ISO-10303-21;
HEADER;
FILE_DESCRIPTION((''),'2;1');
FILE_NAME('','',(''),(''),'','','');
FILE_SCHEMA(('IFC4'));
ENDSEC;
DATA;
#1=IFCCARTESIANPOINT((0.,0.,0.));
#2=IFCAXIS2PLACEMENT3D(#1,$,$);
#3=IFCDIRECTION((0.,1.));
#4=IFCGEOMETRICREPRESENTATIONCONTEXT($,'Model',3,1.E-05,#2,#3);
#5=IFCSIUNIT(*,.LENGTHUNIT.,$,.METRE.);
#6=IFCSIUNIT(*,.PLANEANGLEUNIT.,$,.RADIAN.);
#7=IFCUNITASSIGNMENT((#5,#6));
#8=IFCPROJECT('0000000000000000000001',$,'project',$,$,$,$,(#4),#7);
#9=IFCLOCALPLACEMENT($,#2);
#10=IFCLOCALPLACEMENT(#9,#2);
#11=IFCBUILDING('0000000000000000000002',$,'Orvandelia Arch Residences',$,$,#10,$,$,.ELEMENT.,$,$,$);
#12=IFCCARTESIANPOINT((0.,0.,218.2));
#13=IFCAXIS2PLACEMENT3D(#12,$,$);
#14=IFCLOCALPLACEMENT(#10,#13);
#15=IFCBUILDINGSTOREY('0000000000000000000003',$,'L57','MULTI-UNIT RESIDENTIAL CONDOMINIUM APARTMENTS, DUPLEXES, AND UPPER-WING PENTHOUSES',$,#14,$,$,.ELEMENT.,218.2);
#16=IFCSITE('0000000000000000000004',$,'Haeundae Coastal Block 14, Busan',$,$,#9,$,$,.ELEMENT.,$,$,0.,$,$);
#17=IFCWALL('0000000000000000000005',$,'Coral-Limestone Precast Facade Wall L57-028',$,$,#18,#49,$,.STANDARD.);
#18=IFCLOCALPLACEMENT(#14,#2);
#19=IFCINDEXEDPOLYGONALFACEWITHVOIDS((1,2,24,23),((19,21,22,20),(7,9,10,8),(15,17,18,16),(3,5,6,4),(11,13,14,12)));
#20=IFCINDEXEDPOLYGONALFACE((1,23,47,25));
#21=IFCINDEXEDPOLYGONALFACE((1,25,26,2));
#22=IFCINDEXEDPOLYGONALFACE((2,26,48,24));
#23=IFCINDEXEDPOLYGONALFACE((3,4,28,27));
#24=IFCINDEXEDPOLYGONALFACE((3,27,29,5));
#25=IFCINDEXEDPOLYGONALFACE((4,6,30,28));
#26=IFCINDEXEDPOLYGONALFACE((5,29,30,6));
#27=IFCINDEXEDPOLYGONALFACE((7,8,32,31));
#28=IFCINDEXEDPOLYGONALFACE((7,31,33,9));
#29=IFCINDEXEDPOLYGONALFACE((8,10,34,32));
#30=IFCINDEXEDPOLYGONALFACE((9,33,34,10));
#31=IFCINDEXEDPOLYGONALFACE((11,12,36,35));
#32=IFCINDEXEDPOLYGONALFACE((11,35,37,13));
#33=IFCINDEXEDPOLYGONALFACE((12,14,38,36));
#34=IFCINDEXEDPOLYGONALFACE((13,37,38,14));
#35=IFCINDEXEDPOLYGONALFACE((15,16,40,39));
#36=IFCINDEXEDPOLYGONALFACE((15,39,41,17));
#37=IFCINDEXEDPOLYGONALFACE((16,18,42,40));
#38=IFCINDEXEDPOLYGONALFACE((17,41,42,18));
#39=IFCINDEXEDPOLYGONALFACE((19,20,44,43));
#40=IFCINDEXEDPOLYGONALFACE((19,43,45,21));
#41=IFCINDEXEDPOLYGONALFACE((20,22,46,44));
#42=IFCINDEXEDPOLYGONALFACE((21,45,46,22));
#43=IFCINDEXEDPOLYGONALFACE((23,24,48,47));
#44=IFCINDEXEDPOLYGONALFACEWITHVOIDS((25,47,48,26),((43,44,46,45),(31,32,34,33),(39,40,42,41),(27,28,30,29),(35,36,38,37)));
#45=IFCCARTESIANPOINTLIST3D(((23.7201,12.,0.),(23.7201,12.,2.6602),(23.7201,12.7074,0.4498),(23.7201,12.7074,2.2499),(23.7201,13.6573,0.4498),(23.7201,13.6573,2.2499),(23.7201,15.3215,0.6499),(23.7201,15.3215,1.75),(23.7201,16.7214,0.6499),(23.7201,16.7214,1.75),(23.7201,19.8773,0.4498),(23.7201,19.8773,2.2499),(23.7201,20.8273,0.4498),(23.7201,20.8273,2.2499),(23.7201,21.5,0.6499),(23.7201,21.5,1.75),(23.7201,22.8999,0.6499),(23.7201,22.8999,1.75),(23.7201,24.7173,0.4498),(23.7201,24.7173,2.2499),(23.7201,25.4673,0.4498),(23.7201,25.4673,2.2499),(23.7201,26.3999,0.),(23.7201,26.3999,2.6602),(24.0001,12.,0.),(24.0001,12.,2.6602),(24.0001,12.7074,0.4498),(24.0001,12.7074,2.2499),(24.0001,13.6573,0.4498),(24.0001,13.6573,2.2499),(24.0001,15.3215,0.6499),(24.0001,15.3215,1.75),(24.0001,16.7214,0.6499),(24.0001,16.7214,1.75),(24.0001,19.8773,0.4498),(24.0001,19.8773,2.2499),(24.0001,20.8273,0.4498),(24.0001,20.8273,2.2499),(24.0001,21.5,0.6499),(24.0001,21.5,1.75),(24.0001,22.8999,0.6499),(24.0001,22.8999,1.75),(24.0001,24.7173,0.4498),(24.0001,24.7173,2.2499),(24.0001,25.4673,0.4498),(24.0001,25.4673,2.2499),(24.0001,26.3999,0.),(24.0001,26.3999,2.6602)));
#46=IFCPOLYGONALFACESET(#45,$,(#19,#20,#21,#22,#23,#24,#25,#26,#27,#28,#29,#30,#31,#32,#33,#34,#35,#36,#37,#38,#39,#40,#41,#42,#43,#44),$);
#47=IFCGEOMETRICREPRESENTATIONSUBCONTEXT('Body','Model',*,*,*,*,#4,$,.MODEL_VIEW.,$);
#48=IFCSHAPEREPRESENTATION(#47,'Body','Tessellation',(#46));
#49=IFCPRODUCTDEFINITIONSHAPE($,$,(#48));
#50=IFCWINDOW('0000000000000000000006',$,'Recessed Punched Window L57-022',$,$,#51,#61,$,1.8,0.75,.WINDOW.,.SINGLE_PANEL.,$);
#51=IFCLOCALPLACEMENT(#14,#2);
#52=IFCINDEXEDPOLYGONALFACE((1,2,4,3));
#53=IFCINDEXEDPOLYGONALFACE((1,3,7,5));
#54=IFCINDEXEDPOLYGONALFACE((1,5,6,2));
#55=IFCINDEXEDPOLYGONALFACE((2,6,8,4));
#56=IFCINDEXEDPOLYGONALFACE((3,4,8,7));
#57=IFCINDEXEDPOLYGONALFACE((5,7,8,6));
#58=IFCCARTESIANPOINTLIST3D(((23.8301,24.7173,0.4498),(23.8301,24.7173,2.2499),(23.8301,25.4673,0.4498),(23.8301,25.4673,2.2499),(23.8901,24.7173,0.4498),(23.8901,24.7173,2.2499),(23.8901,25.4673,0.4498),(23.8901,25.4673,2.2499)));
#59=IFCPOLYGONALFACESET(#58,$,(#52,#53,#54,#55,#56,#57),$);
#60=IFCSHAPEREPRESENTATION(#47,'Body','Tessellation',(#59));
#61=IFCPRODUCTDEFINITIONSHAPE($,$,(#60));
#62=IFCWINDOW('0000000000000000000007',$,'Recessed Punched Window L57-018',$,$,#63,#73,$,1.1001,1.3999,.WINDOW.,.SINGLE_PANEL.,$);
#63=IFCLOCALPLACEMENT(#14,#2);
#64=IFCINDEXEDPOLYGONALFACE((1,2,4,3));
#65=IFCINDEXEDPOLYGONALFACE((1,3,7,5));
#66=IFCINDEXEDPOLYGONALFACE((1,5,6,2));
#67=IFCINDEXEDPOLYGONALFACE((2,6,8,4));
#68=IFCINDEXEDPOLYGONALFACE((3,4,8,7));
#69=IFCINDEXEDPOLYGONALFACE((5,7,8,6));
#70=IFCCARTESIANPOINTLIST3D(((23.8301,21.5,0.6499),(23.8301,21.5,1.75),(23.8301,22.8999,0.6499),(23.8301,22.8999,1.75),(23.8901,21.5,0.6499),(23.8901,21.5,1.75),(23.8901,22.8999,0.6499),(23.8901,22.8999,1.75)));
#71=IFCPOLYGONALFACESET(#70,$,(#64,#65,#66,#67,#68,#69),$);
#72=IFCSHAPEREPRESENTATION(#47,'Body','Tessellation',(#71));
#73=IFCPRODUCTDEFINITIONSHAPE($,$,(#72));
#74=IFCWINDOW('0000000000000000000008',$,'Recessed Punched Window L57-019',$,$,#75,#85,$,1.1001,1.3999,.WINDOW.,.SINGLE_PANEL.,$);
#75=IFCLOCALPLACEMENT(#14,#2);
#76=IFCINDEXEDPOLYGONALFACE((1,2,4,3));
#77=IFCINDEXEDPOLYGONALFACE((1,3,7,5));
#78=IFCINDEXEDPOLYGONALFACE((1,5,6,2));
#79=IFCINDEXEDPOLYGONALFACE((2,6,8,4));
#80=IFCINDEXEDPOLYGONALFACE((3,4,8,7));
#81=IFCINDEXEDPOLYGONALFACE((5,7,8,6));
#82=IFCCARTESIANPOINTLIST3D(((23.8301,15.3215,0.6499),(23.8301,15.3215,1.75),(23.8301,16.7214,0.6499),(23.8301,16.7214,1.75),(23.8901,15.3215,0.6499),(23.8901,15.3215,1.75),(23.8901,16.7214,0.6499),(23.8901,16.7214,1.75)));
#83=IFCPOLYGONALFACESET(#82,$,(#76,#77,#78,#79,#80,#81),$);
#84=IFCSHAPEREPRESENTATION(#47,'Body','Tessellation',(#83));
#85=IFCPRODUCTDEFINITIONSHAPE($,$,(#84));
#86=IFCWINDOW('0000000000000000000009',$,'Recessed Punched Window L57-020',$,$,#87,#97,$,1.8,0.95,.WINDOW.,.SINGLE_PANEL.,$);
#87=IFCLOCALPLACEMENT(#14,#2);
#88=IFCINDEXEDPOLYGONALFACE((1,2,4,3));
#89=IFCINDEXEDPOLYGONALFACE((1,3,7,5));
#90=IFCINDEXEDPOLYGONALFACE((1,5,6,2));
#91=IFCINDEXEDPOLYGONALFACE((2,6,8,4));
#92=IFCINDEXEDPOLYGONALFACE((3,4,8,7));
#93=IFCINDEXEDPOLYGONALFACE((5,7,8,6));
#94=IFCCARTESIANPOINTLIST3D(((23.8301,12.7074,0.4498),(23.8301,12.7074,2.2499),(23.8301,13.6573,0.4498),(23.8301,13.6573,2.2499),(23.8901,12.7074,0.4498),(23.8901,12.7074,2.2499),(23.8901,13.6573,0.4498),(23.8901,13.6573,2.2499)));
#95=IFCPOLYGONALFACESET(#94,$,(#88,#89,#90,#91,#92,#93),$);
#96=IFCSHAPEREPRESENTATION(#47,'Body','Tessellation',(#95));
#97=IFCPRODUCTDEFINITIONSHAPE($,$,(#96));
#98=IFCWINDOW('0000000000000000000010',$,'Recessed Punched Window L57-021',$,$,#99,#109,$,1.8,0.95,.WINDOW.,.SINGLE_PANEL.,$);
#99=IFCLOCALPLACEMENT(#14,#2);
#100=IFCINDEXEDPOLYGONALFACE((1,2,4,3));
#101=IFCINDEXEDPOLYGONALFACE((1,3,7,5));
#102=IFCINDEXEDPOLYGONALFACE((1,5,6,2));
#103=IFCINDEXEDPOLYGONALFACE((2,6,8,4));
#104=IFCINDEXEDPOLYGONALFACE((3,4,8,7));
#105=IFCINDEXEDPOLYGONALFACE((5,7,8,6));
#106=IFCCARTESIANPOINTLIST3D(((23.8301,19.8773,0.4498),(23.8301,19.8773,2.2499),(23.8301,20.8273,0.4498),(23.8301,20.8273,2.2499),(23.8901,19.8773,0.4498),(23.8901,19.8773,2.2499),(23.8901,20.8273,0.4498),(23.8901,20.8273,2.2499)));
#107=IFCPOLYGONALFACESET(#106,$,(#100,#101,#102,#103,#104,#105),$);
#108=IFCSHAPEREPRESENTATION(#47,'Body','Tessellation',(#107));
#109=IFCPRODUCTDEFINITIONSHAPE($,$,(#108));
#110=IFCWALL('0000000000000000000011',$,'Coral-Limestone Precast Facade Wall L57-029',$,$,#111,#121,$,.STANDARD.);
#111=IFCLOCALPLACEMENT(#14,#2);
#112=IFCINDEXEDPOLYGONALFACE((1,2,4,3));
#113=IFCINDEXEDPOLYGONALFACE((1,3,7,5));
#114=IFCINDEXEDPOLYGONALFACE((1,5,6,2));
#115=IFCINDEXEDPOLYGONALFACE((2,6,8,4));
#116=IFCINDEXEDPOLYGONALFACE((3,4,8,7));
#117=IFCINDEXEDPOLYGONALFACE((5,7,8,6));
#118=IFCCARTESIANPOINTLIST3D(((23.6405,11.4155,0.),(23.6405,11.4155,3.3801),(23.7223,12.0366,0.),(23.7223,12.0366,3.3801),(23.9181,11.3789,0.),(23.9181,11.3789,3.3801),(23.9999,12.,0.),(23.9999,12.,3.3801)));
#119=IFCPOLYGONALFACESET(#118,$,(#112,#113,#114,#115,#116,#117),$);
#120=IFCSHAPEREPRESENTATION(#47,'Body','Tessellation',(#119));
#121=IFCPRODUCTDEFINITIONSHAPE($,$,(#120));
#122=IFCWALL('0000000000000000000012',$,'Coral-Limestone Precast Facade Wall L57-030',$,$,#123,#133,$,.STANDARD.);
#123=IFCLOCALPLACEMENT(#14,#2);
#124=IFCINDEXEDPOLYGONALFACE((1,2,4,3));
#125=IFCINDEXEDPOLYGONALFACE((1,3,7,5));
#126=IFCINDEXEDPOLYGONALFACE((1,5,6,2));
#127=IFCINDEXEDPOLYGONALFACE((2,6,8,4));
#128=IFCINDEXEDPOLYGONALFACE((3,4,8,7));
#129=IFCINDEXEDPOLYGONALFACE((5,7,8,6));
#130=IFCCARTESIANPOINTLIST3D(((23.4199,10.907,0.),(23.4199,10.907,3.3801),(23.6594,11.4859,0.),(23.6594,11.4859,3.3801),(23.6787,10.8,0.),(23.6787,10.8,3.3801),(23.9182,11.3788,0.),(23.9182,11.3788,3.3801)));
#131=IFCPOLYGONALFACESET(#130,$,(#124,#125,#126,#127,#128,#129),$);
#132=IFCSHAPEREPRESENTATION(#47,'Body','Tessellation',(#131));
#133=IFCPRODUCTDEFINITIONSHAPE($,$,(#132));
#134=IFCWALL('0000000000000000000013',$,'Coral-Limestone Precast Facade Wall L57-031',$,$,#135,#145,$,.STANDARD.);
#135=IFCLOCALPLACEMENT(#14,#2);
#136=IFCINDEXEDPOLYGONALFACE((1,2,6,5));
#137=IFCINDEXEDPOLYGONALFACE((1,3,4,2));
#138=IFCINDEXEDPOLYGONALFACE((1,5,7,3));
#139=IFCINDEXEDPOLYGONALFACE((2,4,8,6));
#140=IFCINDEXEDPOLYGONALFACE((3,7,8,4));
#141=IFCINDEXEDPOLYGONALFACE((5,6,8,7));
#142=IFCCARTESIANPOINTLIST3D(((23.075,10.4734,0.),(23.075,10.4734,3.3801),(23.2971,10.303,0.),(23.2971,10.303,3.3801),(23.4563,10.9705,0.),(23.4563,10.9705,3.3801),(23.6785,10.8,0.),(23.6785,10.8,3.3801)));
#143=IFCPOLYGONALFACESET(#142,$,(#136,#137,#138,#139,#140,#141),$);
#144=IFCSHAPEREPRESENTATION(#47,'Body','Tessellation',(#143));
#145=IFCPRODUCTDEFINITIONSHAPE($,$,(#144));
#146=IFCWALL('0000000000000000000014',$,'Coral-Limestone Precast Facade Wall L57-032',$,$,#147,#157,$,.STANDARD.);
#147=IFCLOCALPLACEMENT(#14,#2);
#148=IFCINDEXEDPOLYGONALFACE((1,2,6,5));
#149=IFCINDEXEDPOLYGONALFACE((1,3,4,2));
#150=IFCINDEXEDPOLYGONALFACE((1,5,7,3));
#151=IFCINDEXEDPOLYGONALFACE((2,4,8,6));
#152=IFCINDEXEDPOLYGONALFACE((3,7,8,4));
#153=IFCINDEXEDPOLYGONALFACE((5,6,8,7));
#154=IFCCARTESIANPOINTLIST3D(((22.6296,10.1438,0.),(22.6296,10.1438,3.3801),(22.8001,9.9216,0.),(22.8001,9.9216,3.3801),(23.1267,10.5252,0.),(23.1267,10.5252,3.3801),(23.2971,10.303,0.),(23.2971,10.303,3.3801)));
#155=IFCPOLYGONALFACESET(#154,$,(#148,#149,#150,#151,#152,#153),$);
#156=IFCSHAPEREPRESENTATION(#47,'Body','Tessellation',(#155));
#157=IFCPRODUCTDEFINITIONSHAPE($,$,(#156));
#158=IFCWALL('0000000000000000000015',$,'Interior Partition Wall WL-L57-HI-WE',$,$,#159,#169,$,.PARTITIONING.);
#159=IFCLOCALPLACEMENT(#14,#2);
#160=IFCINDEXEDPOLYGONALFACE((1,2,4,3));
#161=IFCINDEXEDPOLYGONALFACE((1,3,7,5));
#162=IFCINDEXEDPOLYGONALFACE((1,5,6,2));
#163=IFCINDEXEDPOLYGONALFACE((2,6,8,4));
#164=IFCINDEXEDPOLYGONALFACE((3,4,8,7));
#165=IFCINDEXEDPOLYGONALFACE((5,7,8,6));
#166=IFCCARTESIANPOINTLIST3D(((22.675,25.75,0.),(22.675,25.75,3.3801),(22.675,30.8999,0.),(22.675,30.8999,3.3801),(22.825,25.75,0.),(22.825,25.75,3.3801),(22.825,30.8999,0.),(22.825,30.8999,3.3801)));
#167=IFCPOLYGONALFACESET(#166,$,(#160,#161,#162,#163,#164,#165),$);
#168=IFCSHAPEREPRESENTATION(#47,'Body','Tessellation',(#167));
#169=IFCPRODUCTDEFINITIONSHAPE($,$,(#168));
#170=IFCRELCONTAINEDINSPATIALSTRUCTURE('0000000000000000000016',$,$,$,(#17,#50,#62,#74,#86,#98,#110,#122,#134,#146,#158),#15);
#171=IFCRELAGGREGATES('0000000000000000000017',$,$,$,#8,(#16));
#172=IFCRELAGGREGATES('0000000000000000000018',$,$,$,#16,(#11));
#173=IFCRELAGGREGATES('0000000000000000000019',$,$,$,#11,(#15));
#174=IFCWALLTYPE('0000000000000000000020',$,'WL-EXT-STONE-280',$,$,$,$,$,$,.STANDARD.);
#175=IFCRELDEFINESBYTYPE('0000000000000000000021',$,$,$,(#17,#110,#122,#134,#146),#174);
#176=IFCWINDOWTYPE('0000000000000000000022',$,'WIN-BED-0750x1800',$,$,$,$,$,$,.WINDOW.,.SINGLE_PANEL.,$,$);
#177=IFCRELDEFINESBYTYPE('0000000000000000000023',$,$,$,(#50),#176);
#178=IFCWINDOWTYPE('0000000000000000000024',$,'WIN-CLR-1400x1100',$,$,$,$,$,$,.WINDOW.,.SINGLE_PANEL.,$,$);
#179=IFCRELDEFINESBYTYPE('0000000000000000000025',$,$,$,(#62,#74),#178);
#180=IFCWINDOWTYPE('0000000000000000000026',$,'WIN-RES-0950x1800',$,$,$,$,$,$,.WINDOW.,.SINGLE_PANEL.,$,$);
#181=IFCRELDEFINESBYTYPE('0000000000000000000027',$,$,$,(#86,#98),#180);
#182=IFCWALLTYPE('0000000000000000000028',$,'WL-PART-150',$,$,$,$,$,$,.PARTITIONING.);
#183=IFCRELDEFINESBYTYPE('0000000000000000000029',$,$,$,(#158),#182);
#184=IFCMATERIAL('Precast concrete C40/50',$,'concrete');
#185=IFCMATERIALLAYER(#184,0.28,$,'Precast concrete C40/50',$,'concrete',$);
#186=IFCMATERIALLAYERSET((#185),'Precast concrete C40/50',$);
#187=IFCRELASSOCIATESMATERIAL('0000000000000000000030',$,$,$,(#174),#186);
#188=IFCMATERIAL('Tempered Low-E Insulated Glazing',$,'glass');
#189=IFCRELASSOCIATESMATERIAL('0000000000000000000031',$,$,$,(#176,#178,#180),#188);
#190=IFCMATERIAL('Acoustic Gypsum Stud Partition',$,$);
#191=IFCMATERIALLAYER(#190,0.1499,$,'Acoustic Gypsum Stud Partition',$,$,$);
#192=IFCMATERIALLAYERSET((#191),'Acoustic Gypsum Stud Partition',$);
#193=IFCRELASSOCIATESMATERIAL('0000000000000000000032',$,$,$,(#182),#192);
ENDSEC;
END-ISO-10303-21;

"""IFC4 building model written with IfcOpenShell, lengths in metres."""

from ifc_helpers import new_model, si_unit, direction, frame, frame_2d, origin, place, context, subcontext, project, spatial, rectangle, extrude, material, layer, layer_set, type_object, element, fill, save


model = new_model("IFC4")

# Units and contexts
model_context = context("Model", 3, precision=1e-05, world=origin(), true_north=direction((0.0, 1.0)))
body_context = subcontext(model_context, "Body", "Model", "MODEL_VIEW")
ifc_project = project(units=[si_unit("LENGTHUNIT", "METRE"), si_unit("PLANEANGLEUNIT", "RADIAN")], contexts=[model_context])

# Site, building, storey
site_placement = place(None, origin())
site = spatial("IfcSite", under=ifc_project, at=site_placement, Name="Haeundae Coastal Block 14, Busan", CompositionType="ELEMENT", RefElevation=0.0)
building_placement = place(site_placement, origin())
building = spatial("IfcBuilding", under=site, at=building_placement, Name="Orvandelia Arch Residences", CompositionType="ELEMENT")
storey_placement = place(building_placement, frame((0.0, 0.0, 218.2)))
storey = spatial("IfcBuildingStorey", under=building, at=storey_placement, Name="L57", Description="MULTI-UNIT RESIDENTIAL CONDOMINIUM APARTMENTS, DUPLEXES, AND UPPER-WING PENTHOUSES", CompositionType="ELEMENT", Elevation=218.2)

# Shared definitions
ifc_material_1 = material(Name="Precast concrete C40/50", Category="concrete")
ifc_layer_1 = layer(ifc_material_1, 0.28, Name="Precast concrete C40/50", Category="concrete")
ifc_layer_set_1 = layer_set([ifc_layer_1], Name="Precast concrete C40/50")
wall_type_1 = type_object("IfcWallType", Name="WL-EXT-STONE-280", PredefinedType="STANDARD", material=ifc_layer_set_1)

# Wall, openings, windows
wall_1_placement = place(storey_placement, frame((23.8601, 26.3999, 0.0), z_axis=(0.0, 0.0, 1.0), x_axis=(0.0, -1.0, 0.0)))
wall_1 = element("IfcWall", 1, at=wall_1_placement, inside=storey, type_object=wall_type_1, Name="Coral-Limestone Precast Facade Wall L57-028", PredefinedType="STANDARD", context=body_context, shape_type="SweptSolid", body=[
    extrude(rectangle(XDim=14.3999, YDim=0.28, at=frame_2d((7.2, 0.0))), origin(), (0.0, 0.0, 1.0), 2.6602),
])
opening_1_placement = place(wall_1_placement, frame((3.5, 0.0, 0.6499)))
opening_1 = element("IfcOpeningElement", 2, at=opening_1_placement, cuts=wall_1, PredefinedType="OPENING", context=body_context, shape_type="SweptSolid", body=[
    extrude(rectangle(XDim=1.3999, YDim=1.1001, at=frame_2d((0.7, 0.55))), frame((0.0, 0.1499, 0.0), z_axis=(0.0, -1.0, 0.0), x_axis=(1.0, 0.0, 0.0)), (0.0, 0.0, 1.0), 0.3),
])
opening_2_placement = place(wall_1_placement, frame((9.6785, 0.0, 0.6499)))
opening_2 = element("IfcOpeningElement", 3, at=opening_2_placement, cuts=wall_1, PredefinedType="OPENING", context=body_context, shape_type="SweptSolid", body=[
    extrude(rectangle(XDim=1.3999, YDim=1.1001, at=frame_2d((0.7, 0.55))), frame((0.0, 0.1499, 0.0), z_axis=(0.0, -1.0, 0.0), x_axis=(1.0, 0.0, 0.0)), (0.0, 0.0, 1.0), 0.3),
])
opening_3_placement = place(wall_1_placement, frame((12.7424, 0.0, 0.45)))
opening_3 = element("IfcOpeningElement", 4, at=opening_3_placement, cuts=wall_1, PredefinedType="OPENING", context=body_context, shape_type="SweptSolid", body=[
    extrude(rectangle(XDim=0.95, YDim=1.8, at=frame_2d((0.4751, 0.8999))), frame((0.0, 0.1499, 0.0), z_axis=(0.0, -1.0, 0.0), x_axis=(1.0, 0.0, 0.0)), (0.0, 0.0, 1.0), 0.3),
])
opening_4_placement = place(wall_1_placement, frame((5.5725, 0.0, 0.45)))
opening_4 = element("IfcOpeningElement", 5, at=opening_4_placement, cuts=wall_1, PredefinedType="OPENING", context=body_context, shape_type="SweptSolid", body=[
    extrude(rectangle(XDim=0.95, YDim=1.8, at=frame_2d((0.4751, 0.8999))), frame((0.0, 0.1499, 0.0), z_axis=(0.0, -1.0, 0.0), x_axis=(1.0, 0.0, 0.0)), (0.0, 0.0, 1.0), 0.3),
])
opening_5_placement = place(wall_1_placement, frame((0.9326, 0.0, 0.45)))
opening_5 = element("IfcOpeningElement", 6, at=opening_5_placement, cuts=wall_1, PredefinedType="OPENING", context=body_context, shape_type="SweptSolid", body=[
    extrude(rectangle(XDim=0.75, YDim=1.8, at=frame_2d((0.375, 0.8999))), frame((0.0, 0.1499, 0.0), z_axis=(0.0, -1.0, 0.0), x_axis=(1.0, 0.0, 0.0)), (0.0, 0.0, 1.0), 0.3),
])
ifc_material_2 = material(Name="Tempered Low-E Insulated Glazing", Category="glass")
window_type_1 = type_object("IfcWindowType", Name="WIN-BED-0750x1800", PartitioningType="SINGLE_PANEL", PredefinedType="WINDOW", material=ifc_material_2)
window_1_placement = place(opening_5_placement, origin())
window_1 = element("IfcWindow", 7, at=window_1_placement, inside=storey, type_object=window_type_1, Name="Recessed Punched Window L57-022", OverallHeight=1.8, OverallWidth=0.75, PartitioningType="SINGLE_PANEL", PredefinedType="WINDOW", context=body_context, shape_type="SweptSolid", body=[
    extrude(rectangle(XDim=0.75, YDim=1.8, at=frame_2d((0.375, 0.8999))), frame((0.0, 0.03, 0.0), z_axis=(0.0, -1.0, 0.0), x_axis=(1.0, 0.0, 0.0)), (0.0, 0.0, 1.0), 0.0601),
])
fill(opening_5, window_1)
window_type_2 = type_object("IfcWindowType", Name="WIN-CLR-1400x1100", PartitioningType="SINGLE_PANEL", PredefinedType="WINDOW", material=ifc_material_2)
window_2_placement = place(opening_1_placement, origin())
window_2 = element("IfcWindow", 8, at=window_2_placement, inside=storey, type_object=window_type_2, Name="Recessed Punched Window L57-018", OverallHeight=1.1001, OverallWidth=1.3999, PartitioningType="SINGLE_PANEL", PredefinedType="WINDOW", context=body_context, shape_type="SweptSolid", body=[
    extrude(rectangle(XDim=1.3999, YDim=1.1001, at=frame_2d((0.7, 0.55))), frame((0.0, 0.03, 0.0), z_axis=(0.0, -1.0, 0.0), x_axis=(1.0, 0.0, 0.0)), (0.0, 0.0, 1.0), 0.0601),
])
fill(opening_1, window_2)
window_3_placement = place(opening_2_placement, origin())
window_3 = element("IfcWindow", 9, at=window_3_placement, inside=storey, type_object=window_type_2, Name="Recessed Punched Window L57-019", OverallHeight=1.1001, OverallWidth=1.3999, PartitioningType="SINGLE_PANEL", PredefinedType="WINDOW", context=body_context, shape_type="SweptSolid", body=[
    extrude(rectangle(XDim=1.3999, YDim=1.1001, at=frame_2d((0.7, 0.55))), frame((0.0, 0.03, 0.0), z_axis=(0.0, -1.0, 0.0), x_axis=(1.0, 0.0, 0.0)), (0.0, 0.0, 1.0), 0.0601),
])
fill(opening_2, window_3)
window_type_3 = type_object("IfcWindowType", Name="WIN-RES-0950x1800", PartitioningType="SINGLE_PANEL", PredefinedType="WINDOW", material=ifc_material_2)
window_4_placement = place(opening_3_placement, origin())
window_4 = element("IfcWindow", 10, at=window_4_placement, inside=storey, type_object=window_type_3, Name="Recessed Punched Window L57-020", OverallHeight=1.8, OverallWidth=0.95, PartitioningType="SINGLE_PANEL", PredefinedType="WINDOW", context=body_context, shape_type="SweptSolid", body=[
    extrude(rectangle(XDim=0.95, YDim=1.8, at=frame_2d((0.4751, 0.8999))), frame((0.0, 0.03, 0.0), z_axis=(0.0, -1.0, 0.0), x_axis=(1.0, 0.0, 0.0)), (0.0, 0.0, 1.0), 0.0601),
])
fill(opening_3, window_4)
window_5_placement = place(opening_4_placement, origin())
window_5 = element("IfcWindow", 11, at=window_5_placement, inside=storey, type_object=window_type_3, Name="Recessed Punched Window L57-021", OverallHeight=1.8, OverallWidth=0.95, PartitioningType="SINGLE_PANEL", PredefinedType="WINDOW", context=body_context, shape_type="SweptSolid", body=[
    extrude(rectangle(XDim=0.95, YDim=1.8, at=frame_2d((0.4751, 0.8999))), frame((0.0, 0.03, 0.0), z_axis=(0.0, -1.0, 0.0), x_axis=(1.0, 0.0, 0.0)), (0.0, 0.0, 1.0), 0.0601),
])
fill(opening_4, window_5)

# Walls
for number, where, z_axis, x_axis, name in (
    (12, (23.8611, 12.0183, 0.0), (0.0, 0.0, 1.0), (-0.130555, -0.991441, 0.0), "Coral-Limestone Precast Facade Wall L57-029"),
    (13, (23.7888, 11.4324, 0.0), (0.0, 0.0, 1.0), (-0.382317, -0.924031, 0.0), "Coral-Limestone Precast Facade Wall L57-030"),
    (14, (23.5674, 10.8853, 0.0), (0.0, 0.0, 1.0), (-0.608693, -0.793406, 0.0), "Coral-Limestone Precast Facade Wall L57-031"),
    (15, (23.2119, 10.4141, 0.0), (0.0, 0.0, 1.0), (-0.793406, -0.608693, 0.0), "Coral-Limestone Precast Facade Wall L57-032"),
):
    element("IfcWall", number, at=place(storey_placement, frame(where, z_axis=z_axis, x_axis=x_axis)), inside=storey, type_object=wall_type_1, Name=name, PredefinedType="STANDARD", context=body_context, shape_type="SweptSolid", body=[
        extrude(rectangle(XDim=0.6265, YDim=0.28, at=frame_2d((0.3132, 0.0))), origin(), (0.0, 0.0, 1.0), 3.3801),
    ])
ifc_material_3 = material(Name="Acoustic Gypsum Stud Partition")
ifc_layer_2 = layer(ifc_material_3, 0.1499, Name="Acoustic Gypsum Stud Partition")
ifc_layer_set_2 = layer_set([ifc_layer_2], Name="Acoustic Gypsum Stud Partition")
wall_type_2 = type_object("IfcWallType", Name="WL-PART-150", PredefinedType="PARTITIONING", material=ifc_layer_set_2)
wall_2_placement = place(storey_placement, frame((22.75, 25.75, 0.0), z_axis=(0.0, 0.0, 1.0), x_axis=(0.0, 1.0, 0.0)))
element("IfcWall", 16, at=wall_2_placement, inside=storey, type_object=wall_type_2, Name="Interior Partition Wall WL-L57-HI-WE", PredefinedType="PARTITIONING", context=body_context, shape_type="SweptSolid", body=[
    extrude(rectangle(XDim=5.1499, YDim=0.1499, at=frame_2d((2.575, 0.0))), origin(), (0.0, 0.0, 1.0), 3.3801),
])

save(model, "model.ifc")
